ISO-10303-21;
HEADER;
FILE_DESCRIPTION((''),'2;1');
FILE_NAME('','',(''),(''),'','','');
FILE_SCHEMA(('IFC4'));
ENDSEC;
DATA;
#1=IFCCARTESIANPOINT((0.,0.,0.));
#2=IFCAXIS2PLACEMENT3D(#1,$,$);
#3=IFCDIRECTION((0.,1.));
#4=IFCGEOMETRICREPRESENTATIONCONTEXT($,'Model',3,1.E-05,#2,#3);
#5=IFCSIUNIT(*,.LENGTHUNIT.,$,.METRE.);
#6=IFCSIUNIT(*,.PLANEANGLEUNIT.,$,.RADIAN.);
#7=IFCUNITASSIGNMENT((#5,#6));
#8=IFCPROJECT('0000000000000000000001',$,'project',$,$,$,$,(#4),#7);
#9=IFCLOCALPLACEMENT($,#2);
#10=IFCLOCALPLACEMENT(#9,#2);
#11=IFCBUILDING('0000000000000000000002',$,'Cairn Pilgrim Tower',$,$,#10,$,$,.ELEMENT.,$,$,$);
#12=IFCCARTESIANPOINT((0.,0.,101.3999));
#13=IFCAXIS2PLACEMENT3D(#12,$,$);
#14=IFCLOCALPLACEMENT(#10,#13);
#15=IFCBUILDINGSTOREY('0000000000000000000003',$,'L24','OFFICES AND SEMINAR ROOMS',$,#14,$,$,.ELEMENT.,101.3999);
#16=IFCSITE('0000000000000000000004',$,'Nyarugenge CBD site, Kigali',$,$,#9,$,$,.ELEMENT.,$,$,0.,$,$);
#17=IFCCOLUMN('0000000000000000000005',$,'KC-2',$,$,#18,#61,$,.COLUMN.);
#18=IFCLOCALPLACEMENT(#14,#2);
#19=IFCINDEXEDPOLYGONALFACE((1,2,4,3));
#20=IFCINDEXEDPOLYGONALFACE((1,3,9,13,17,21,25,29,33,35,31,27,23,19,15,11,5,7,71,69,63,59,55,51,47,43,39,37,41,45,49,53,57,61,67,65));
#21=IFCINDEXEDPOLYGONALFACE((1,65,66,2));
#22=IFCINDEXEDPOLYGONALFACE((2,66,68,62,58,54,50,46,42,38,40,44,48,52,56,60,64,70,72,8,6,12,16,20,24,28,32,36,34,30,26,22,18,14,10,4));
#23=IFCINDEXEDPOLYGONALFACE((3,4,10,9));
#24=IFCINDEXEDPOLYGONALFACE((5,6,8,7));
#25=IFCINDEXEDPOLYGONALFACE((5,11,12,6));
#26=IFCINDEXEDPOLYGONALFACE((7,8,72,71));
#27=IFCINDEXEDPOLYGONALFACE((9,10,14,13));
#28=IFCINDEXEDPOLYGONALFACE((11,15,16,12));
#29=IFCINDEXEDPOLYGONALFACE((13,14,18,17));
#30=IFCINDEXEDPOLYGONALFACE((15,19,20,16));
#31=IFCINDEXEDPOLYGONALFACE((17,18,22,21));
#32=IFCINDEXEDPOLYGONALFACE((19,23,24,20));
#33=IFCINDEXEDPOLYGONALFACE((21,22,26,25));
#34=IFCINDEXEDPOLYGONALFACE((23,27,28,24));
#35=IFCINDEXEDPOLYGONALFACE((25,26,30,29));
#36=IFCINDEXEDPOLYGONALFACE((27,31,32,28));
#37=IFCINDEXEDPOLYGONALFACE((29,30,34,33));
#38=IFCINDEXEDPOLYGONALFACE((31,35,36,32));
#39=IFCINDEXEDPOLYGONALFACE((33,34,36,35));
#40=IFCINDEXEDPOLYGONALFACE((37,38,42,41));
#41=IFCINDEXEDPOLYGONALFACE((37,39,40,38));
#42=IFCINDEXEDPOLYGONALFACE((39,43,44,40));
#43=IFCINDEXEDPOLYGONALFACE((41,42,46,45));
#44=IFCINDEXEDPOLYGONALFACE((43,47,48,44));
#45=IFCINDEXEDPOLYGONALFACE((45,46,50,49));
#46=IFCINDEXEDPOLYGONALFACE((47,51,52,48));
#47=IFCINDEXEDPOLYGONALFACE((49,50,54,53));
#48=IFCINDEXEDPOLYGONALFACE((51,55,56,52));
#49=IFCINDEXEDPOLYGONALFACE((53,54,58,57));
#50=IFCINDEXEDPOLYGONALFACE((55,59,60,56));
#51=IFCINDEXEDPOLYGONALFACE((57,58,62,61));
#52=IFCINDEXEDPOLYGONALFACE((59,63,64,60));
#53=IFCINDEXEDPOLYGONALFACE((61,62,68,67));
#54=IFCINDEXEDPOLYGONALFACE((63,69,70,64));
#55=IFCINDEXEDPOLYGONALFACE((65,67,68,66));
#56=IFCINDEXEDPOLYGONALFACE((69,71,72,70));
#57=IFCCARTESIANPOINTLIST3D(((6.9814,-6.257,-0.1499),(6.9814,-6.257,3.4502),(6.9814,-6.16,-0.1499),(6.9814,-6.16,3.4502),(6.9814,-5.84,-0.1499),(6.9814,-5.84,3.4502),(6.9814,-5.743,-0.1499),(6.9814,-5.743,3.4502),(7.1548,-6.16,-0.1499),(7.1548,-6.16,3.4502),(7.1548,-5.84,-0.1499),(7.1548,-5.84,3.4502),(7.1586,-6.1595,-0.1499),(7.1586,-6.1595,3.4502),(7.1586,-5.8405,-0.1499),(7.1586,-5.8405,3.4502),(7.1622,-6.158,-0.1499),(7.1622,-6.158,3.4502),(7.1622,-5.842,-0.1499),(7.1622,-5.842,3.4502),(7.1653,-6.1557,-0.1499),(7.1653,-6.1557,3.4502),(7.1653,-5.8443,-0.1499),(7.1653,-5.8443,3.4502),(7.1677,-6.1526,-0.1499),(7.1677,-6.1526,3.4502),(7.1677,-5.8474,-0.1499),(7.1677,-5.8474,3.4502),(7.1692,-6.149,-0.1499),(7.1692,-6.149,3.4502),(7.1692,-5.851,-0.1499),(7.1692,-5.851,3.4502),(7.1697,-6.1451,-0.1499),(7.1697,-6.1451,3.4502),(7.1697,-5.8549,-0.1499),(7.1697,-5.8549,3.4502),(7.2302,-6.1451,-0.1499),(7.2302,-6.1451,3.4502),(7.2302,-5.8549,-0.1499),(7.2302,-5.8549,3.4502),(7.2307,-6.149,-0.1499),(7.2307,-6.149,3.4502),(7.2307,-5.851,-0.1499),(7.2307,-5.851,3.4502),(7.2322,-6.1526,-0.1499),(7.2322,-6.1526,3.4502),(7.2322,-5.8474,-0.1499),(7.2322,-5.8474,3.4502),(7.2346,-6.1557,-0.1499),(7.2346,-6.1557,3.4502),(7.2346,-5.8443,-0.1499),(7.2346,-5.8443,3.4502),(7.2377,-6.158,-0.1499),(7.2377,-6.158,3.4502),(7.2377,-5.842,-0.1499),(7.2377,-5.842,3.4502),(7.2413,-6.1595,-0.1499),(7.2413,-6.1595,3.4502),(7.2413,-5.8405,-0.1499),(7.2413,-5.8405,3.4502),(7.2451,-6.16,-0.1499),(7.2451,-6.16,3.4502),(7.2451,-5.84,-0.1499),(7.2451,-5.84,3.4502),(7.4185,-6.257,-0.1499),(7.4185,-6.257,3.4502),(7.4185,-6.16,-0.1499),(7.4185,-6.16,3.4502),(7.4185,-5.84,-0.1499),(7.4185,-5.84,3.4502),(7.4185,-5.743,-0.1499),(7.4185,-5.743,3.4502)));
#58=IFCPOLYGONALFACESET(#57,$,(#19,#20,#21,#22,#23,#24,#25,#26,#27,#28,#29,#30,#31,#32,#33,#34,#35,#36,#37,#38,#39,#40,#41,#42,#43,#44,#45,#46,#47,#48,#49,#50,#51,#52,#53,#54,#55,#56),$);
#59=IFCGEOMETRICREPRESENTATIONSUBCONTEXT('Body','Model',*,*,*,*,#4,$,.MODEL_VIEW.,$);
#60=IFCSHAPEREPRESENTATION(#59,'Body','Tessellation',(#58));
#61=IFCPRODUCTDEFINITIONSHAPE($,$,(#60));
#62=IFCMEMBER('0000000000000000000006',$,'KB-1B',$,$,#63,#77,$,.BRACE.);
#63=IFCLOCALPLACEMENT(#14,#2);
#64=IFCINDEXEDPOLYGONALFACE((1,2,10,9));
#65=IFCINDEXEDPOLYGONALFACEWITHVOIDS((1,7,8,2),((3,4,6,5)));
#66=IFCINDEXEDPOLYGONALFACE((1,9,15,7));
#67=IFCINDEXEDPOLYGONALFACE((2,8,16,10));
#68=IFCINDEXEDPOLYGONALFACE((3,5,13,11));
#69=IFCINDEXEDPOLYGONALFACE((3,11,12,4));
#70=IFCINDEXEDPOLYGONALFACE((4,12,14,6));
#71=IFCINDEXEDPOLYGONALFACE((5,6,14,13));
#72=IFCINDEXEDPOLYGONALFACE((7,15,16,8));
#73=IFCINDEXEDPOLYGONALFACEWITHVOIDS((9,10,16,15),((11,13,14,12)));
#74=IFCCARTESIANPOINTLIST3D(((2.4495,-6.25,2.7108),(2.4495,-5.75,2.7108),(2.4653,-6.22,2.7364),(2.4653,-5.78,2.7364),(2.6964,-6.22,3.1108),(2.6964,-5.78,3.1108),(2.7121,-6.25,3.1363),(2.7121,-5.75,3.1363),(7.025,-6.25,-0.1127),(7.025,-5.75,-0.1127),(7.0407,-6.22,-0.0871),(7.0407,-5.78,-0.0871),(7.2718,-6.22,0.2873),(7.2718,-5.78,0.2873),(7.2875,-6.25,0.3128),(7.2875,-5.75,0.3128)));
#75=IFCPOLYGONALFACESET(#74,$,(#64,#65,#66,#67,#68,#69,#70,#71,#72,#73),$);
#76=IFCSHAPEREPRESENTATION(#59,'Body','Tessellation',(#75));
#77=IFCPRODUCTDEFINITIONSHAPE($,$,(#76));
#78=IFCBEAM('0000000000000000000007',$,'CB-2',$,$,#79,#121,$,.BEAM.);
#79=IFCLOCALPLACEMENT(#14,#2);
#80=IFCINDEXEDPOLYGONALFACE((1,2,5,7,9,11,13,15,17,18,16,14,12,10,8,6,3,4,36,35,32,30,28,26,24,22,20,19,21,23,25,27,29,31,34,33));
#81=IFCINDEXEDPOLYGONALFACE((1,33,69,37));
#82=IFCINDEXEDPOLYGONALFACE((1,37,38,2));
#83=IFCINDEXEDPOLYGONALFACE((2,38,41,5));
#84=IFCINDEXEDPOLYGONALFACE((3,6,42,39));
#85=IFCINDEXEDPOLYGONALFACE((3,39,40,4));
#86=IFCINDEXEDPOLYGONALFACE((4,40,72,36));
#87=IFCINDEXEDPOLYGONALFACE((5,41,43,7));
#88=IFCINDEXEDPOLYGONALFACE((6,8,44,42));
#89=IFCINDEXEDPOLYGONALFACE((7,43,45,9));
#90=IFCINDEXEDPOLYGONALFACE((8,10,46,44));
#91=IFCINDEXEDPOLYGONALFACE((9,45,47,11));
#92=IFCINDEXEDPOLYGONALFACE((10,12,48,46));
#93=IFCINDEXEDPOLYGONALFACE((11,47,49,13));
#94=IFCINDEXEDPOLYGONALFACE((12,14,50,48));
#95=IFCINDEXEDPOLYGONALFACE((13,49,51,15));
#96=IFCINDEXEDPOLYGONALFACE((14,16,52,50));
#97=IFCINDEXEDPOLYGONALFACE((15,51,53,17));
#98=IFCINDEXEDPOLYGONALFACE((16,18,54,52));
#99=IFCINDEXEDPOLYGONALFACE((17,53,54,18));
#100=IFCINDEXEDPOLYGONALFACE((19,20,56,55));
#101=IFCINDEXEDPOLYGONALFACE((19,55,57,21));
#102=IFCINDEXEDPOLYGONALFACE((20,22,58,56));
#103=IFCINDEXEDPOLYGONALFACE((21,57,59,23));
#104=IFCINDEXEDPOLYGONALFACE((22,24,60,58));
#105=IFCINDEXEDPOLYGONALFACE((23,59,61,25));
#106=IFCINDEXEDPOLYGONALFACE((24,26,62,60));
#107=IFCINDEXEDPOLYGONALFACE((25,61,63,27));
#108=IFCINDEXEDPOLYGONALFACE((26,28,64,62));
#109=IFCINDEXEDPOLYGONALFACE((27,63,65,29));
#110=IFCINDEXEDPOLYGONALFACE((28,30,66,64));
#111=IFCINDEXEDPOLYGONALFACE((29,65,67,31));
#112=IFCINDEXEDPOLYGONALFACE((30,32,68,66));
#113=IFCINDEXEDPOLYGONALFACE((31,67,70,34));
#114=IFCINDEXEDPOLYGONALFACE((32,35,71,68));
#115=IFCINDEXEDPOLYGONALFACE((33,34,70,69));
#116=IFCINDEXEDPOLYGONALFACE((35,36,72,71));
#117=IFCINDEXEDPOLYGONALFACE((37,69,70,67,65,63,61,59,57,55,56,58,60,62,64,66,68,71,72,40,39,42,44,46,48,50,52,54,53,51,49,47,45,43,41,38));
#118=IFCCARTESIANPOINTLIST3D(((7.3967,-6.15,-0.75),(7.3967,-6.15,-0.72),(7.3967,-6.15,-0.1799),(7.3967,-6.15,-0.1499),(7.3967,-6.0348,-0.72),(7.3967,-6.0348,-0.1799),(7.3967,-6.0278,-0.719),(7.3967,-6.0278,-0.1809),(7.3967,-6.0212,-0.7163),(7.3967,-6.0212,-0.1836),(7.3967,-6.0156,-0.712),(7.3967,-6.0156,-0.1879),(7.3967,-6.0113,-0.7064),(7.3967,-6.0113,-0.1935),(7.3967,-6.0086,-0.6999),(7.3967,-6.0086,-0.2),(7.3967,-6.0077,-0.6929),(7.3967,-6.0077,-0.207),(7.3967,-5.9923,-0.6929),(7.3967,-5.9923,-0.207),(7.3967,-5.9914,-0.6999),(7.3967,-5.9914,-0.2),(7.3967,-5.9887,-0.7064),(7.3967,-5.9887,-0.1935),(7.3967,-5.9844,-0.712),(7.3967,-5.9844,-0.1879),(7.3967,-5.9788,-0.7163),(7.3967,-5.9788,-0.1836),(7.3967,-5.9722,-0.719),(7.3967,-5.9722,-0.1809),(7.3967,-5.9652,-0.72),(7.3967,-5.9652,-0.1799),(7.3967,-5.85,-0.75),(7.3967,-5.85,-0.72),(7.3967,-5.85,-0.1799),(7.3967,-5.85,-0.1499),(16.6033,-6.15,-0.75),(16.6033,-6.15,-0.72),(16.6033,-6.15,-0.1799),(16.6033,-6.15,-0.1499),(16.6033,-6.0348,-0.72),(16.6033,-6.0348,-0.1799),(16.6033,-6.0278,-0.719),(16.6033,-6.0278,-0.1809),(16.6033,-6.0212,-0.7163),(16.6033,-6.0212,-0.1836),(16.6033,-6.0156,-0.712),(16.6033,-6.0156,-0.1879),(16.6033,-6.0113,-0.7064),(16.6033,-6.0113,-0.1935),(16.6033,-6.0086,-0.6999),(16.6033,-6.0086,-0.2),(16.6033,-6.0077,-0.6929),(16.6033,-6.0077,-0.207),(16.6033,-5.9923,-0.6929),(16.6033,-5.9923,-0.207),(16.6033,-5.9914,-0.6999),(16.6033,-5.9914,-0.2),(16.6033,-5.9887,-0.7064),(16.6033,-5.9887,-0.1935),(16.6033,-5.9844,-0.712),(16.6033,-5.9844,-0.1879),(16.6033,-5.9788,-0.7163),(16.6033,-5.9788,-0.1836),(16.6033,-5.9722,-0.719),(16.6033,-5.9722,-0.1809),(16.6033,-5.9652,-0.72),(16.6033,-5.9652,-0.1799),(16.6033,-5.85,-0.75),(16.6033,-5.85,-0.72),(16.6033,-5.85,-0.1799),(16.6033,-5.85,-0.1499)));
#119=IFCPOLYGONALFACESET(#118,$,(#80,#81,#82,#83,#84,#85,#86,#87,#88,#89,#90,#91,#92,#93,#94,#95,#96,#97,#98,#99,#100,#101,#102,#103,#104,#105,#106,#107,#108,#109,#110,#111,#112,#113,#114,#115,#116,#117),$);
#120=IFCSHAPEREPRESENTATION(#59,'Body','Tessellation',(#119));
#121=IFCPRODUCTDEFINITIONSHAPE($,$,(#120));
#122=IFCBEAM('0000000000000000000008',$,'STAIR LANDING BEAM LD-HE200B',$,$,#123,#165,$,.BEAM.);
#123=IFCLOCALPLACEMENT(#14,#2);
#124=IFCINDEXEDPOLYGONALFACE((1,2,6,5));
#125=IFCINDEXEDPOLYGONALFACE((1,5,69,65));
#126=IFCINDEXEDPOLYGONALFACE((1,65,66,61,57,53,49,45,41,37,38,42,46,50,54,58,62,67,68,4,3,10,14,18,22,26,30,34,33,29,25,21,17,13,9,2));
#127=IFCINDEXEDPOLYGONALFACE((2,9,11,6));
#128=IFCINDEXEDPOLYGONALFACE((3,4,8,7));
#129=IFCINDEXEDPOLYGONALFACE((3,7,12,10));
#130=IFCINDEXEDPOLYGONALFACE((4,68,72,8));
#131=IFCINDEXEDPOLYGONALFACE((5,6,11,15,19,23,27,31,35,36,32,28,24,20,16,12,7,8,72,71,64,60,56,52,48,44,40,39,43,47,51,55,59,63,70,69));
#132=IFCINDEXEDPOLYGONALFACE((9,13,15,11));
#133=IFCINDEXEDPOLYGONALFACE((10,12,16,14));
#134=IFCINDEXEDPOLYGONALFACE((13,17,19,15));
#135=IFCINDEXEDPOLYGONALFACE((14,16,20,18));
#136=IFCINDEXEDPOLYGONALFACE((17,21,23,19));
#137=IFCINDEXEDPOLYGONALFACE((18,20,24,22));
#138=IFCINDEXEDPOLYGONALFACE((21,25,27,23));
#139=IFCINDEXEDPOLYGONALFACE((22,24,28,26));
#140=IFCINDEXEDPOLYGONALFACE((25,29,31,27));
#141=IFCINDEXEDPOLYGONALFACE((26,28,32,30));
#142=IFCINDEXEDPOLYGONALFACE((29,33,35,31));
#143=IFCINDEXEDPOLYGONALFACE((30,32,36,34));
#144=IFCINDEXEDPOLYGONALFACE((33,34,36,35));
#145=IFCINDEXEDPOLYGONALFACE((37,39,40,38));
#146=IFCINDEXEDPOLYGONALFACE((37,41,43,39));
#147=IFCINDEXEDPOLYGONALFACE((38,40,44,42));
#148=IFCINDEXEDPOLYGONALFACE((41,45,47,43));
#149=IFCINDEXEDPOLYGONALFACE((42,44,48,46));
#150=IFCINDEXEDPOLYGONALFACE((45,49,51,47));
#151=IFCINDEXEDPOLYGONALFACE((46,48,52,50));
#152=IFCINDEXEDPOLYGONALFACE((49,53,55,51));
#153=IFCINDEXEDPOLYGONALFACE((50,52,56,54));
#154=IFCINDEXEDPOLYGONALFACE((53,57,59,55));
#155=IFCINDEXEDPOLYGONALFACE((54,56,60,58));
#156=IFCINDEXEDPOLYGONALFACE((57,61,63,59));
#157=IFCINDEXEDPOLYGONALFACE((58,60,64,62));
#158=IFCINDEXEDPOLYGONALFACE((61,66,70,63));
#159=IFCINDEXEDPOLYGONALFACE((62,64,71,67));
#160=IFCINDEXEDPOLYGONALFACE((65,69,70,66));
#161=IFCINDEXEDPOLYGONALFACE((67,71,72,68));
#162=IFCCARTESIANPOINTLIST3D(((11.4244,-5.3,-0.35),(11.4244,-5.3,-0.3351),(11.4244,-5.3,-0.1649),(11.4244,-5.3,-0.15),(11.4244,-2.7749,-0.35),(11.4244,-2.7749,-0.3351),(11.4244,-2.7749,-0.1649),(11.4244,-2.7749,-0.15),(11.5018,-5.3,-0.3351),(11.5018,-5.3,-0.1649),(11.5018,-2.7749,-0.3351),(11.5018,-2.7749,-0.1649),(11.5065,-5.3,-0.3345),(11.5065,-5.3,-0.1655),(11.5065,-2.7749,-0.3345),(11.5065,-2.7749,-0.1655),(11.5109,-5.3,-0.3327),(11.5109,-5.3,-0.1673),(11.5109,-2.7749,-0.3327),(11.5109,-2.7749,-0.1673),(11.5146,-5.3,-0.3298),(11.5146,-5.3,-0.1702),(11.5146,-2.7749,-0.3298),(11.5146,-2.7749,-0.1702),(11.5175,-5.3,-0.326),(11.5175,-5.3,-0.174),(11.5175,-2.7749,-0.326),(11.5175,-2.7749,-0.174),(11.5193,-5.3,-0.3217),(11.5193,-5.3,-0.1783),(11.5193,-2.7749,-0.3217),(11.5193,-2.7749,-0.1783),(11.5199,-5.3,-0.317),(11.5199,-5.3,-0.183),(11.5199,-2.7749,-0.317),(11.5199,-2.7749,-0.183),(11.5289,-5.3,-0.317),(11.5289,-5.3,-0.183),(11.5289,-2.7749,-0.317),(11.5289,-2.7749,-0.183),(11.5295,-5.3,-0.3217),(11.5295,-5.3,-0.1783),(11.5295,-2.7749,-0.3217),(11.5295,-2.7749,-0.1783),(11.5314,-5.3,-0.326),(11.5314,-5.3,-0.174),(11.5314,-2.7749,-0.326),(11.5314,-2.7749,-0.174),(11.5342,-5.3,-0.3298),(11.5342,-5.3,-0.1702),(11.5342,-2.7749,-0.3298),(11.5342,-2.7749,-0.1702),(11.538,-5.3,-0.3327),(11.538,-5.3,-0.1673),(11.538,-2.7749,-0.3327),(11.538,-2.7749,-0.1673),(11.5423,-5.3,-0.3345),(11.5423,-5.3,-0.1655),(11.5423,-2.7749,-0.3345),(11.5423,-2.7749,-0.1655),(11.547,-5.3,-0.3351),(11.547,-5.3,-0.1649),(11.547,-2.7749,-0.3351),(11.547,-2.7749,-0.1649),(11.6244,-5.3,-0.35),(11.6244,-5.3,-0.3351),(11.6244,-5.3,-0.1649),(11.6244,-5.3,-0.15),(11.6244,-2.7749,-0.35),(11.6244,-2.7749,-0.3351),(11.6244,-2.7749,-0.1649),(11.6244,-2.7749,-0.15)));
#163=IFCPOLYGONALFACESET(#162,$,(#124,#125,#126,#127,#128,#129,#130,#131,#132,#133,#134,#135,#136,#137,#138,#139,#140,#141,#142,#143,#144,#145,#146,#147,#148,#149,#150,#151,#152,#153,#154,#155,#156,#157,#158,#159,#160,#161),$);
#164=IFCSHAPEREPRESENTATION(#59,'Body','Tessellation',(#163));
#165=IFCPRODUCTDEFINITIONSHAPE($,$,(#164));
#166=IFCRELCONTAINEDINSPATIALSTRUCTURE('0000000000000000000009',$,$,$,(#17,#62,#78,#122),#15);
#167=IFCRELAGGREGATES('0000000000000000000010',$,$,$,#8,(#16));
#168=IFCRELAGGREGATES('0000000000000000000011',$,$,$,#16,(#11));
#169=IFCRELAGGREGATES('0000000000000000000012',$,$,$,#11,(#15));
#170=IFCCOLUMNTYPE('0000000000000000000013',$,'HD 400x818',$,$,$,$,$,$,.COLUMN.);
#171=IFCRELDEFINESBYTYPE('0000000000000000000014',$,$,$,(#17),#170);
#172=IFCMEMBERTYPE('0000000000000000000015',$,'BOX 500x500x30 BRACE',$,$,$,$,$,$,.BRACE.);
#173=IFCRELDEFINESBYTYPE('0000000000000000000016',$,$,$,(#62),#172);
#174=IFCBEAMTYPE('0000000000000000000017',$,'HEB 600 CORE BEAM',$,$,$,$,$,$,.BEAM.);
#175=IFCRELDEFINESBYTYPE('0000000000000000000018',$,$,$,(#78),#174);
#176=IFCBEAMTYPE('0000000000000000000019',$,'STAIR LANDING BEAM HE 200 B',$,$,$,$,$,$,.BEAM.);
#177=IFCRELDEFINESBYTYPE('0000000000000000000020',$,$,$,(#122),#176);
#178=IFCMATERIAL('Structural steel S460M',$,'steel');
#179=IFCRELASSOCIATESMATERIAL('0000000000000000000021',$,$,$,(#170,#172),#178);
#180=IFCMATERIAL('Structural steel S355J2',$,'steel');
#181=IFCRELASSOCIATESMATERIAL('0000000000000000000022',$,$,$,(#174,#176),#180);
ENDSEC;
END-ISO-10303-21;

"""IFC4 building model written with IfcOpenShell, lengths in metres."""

from ifc_helpers import new_model, si_unit, direction, frame, origin, origin_2d, place, context, subcontext, project, spatial, hollow_rectangle, i_section, extrude, material, material_profile, profile_set, type_object, element, save


model = new_model("IFC4")

# Units and contexts
model_context = context("Model", 3, precision=1e-05, world=origin(), true_north=direction((0.0, 1.0)))
body_context = subcontext(model_context, "Body", "Model", "MODEL_VIEW")
ifc_project = project(units=[si_unit("LENGTHUNIT", "METRE"), si_unit("PLANEANGLEUNIT", "RADIAN")], contexts=[model_context])

# Site, building, storey
site_placement = place(None, origin())
site = spatial("IfcSite", under=ifc_project, at=site_placement, Name="Nyarugenge CBD site, Kigali", CompositionType="ELEMENT", RefElevation=0.0)
building_placement = place(site_placement, origin())
building = spatial("IfcBuilding", under=site, at=building_placement, Name="Cairn Pilgrim Tower", CompositionType="ELEMENT")
storey_placement = place(building_placement, frame((0.0, 0.0, 101.3999)))
storey = spatial("IfcBuildingStorey", under=building, at=storey_placement, Name="L24", Description="OFFICES AND SEMINAR ROOMS", CompositionType="ELEMENT", Elevation=101.3999)

# Column
ifc_material_1 = material(Name="Structural steel S460M", Category="steel")
ifc_material_profile_1 = material_profile(ifc_material_1, i_section(OverallWidth=0.437, OverallDepth=0.5139, WebThickness=0.0605, FlangeThickness=0.0969, FilletRadius=0.0149, at=origin_2d()), Name="HD 400x818")
ifc_profile_set_1 = profile_set([ifc_material_profile_1], Name="Structural steel S460M")
column_type = type_object("IfcColumnType", Name="HD 400x818", PredefinedType="COLUMN", material=ifc_profile_set_1)
column_placement = place(storey_placement, frame((7.2, -6.0, -0.1499), z_axis=(0.0, 0.0, 1.0), x_axis=(1.0, 0.0, 0.0)))
element("IfcColumn", 1, at=column_placement, inside=storey, type_object=column_type, Name="KC-2", PredefinedType="COLUMN", context=body_context, shape_type="SweptSolid", body=[
    extrude(i_section(OverallWidth=0.437, OverallDepth=0.5139, WebThickness=0.0605, FlangeThickness=0.0969, FilletRadius=0.0149, at=origin_2d()), origin(), (0.0, 0.0, 1.0), 3.6001),
])

# Member
ifc_material_profile_2 = material_profile(ifc_material_1, hollow_rectangle(XDim=0.5, YDim=0.5, WallThickness=0.03, at=origin_2d()), Name="BOX 500x500x30")
ifc_profile_set_2 = profile_set([ifc_material_profile_2], Name="Structural steel S460M")
member_type = type_object("IfcMemberType", Name="BOX 500x500x30 BRACE", PredefinedType="BRACE", material=ifc_profile_set_2)
member_placement = place(storey_placement, frame((7.1562, -6.0, 0.1001), z_axis=(-0.851008, 0.0, 0.525154), x_axis=(0.0, -1.0, 0.0)))
element("IfcMember", 2, at=member_placement, inside=storey, type_object=member_type, Name="KB-1B", PredefinedType="BRACE", context=body_context, shape_type="SweptSolid", body=[
    extrude(hollow_rectangle(XDim=0.5, YDim=0.5, WallThickness=0.03, at=origin_2d()), origin(), (0.0, 0.0, 1.0), 5.3765),
])

# Beams
ifc_material_2 = material(Name="Structural steel S355J2", Category="steel")
ifc_material_profile_3 = material_profile(ifc_material_2, i_section(OverallWidth=0.3, OverallDepth=0.6001, WebThickness=0.0154, FlangeThickness=0.03, FilletRadius=0.0271, at=origin_2d()), Name="HEB 600")
ifc_profile_set_3 = profile_set([ifc_material_profile_3], Name="Structural steel S355J2")
beam_type_1 = type_object("IfcBeamType", Name="HEB 600 CORE BEAM", PredefinedType="BEAM", material=ifc_profile_set_3)
beam_1_placement = place(storey_placement, frame((7.3967, -6.0, -0.45), z_axis=(1.0, 0.0, 0.0), x_axis=(0.0, 1.0, 0.0)))
element("IfcBeam", 3, at=beam_1_placement, inside=storey, type_object=beam_type_1, Name="CB-2", PredefinedType="BEAM", context=body_context, shape_type="SweptSolid", body=[
    extrude(i_section(OverallWidth=0.3, OverallDepth=0.6001, WebThickness=0.0154, FlangeThickness=0.03, FilletRadius=0.0271, at=origin_2d()), origin(), (0.0, 0.0, 1.0), 9.2065),
])
ifc_material_profile_4 = material_profile(ifc_material_2, i_section(OverallWidth=0.2, OverallDepth=0.2, WebThickness=0.009, FlangeThickness=0.0149, FilletRadius=0.0181, at=origin_2d()), Name="HE 200 B")
ifc_profile_set_4 = profile_set([ifc_material_profile_4], Name="Structural steel S355J2")
beam_type_2 = type_object("IfcBeamType", Name="STAIR LANDING BEAM HE 200 B", PredefinedType="BEAM", material=ifc_profile_set_4)
beam_2_placement = place(storey_placement, frame((11.5244, -2.7749, -0.25), z_axis=(0.0, -1.0, 0.0), x_axis=(1.0, 0.0, 0.0)))
element("IfcBeam", 4, at=beam_2_placement, inside=storey, type_object=beam_type_2, Name="STAIR LANDING BEAM LD-HE200B", PredefinedType="BEAM", context=body_context, shape_type="SweptSolid", body=[
    extrude(i_section(OverallWidth=0.2, OverallDepth=0.2, WebThickness=0.009, FlangeThickness=0.0149, FilletRadius=0.0181, at=origin_2d()), origin(), (0.0, 0.0, 1.0), 2.5251),
])

save(model, "model.ifc")
